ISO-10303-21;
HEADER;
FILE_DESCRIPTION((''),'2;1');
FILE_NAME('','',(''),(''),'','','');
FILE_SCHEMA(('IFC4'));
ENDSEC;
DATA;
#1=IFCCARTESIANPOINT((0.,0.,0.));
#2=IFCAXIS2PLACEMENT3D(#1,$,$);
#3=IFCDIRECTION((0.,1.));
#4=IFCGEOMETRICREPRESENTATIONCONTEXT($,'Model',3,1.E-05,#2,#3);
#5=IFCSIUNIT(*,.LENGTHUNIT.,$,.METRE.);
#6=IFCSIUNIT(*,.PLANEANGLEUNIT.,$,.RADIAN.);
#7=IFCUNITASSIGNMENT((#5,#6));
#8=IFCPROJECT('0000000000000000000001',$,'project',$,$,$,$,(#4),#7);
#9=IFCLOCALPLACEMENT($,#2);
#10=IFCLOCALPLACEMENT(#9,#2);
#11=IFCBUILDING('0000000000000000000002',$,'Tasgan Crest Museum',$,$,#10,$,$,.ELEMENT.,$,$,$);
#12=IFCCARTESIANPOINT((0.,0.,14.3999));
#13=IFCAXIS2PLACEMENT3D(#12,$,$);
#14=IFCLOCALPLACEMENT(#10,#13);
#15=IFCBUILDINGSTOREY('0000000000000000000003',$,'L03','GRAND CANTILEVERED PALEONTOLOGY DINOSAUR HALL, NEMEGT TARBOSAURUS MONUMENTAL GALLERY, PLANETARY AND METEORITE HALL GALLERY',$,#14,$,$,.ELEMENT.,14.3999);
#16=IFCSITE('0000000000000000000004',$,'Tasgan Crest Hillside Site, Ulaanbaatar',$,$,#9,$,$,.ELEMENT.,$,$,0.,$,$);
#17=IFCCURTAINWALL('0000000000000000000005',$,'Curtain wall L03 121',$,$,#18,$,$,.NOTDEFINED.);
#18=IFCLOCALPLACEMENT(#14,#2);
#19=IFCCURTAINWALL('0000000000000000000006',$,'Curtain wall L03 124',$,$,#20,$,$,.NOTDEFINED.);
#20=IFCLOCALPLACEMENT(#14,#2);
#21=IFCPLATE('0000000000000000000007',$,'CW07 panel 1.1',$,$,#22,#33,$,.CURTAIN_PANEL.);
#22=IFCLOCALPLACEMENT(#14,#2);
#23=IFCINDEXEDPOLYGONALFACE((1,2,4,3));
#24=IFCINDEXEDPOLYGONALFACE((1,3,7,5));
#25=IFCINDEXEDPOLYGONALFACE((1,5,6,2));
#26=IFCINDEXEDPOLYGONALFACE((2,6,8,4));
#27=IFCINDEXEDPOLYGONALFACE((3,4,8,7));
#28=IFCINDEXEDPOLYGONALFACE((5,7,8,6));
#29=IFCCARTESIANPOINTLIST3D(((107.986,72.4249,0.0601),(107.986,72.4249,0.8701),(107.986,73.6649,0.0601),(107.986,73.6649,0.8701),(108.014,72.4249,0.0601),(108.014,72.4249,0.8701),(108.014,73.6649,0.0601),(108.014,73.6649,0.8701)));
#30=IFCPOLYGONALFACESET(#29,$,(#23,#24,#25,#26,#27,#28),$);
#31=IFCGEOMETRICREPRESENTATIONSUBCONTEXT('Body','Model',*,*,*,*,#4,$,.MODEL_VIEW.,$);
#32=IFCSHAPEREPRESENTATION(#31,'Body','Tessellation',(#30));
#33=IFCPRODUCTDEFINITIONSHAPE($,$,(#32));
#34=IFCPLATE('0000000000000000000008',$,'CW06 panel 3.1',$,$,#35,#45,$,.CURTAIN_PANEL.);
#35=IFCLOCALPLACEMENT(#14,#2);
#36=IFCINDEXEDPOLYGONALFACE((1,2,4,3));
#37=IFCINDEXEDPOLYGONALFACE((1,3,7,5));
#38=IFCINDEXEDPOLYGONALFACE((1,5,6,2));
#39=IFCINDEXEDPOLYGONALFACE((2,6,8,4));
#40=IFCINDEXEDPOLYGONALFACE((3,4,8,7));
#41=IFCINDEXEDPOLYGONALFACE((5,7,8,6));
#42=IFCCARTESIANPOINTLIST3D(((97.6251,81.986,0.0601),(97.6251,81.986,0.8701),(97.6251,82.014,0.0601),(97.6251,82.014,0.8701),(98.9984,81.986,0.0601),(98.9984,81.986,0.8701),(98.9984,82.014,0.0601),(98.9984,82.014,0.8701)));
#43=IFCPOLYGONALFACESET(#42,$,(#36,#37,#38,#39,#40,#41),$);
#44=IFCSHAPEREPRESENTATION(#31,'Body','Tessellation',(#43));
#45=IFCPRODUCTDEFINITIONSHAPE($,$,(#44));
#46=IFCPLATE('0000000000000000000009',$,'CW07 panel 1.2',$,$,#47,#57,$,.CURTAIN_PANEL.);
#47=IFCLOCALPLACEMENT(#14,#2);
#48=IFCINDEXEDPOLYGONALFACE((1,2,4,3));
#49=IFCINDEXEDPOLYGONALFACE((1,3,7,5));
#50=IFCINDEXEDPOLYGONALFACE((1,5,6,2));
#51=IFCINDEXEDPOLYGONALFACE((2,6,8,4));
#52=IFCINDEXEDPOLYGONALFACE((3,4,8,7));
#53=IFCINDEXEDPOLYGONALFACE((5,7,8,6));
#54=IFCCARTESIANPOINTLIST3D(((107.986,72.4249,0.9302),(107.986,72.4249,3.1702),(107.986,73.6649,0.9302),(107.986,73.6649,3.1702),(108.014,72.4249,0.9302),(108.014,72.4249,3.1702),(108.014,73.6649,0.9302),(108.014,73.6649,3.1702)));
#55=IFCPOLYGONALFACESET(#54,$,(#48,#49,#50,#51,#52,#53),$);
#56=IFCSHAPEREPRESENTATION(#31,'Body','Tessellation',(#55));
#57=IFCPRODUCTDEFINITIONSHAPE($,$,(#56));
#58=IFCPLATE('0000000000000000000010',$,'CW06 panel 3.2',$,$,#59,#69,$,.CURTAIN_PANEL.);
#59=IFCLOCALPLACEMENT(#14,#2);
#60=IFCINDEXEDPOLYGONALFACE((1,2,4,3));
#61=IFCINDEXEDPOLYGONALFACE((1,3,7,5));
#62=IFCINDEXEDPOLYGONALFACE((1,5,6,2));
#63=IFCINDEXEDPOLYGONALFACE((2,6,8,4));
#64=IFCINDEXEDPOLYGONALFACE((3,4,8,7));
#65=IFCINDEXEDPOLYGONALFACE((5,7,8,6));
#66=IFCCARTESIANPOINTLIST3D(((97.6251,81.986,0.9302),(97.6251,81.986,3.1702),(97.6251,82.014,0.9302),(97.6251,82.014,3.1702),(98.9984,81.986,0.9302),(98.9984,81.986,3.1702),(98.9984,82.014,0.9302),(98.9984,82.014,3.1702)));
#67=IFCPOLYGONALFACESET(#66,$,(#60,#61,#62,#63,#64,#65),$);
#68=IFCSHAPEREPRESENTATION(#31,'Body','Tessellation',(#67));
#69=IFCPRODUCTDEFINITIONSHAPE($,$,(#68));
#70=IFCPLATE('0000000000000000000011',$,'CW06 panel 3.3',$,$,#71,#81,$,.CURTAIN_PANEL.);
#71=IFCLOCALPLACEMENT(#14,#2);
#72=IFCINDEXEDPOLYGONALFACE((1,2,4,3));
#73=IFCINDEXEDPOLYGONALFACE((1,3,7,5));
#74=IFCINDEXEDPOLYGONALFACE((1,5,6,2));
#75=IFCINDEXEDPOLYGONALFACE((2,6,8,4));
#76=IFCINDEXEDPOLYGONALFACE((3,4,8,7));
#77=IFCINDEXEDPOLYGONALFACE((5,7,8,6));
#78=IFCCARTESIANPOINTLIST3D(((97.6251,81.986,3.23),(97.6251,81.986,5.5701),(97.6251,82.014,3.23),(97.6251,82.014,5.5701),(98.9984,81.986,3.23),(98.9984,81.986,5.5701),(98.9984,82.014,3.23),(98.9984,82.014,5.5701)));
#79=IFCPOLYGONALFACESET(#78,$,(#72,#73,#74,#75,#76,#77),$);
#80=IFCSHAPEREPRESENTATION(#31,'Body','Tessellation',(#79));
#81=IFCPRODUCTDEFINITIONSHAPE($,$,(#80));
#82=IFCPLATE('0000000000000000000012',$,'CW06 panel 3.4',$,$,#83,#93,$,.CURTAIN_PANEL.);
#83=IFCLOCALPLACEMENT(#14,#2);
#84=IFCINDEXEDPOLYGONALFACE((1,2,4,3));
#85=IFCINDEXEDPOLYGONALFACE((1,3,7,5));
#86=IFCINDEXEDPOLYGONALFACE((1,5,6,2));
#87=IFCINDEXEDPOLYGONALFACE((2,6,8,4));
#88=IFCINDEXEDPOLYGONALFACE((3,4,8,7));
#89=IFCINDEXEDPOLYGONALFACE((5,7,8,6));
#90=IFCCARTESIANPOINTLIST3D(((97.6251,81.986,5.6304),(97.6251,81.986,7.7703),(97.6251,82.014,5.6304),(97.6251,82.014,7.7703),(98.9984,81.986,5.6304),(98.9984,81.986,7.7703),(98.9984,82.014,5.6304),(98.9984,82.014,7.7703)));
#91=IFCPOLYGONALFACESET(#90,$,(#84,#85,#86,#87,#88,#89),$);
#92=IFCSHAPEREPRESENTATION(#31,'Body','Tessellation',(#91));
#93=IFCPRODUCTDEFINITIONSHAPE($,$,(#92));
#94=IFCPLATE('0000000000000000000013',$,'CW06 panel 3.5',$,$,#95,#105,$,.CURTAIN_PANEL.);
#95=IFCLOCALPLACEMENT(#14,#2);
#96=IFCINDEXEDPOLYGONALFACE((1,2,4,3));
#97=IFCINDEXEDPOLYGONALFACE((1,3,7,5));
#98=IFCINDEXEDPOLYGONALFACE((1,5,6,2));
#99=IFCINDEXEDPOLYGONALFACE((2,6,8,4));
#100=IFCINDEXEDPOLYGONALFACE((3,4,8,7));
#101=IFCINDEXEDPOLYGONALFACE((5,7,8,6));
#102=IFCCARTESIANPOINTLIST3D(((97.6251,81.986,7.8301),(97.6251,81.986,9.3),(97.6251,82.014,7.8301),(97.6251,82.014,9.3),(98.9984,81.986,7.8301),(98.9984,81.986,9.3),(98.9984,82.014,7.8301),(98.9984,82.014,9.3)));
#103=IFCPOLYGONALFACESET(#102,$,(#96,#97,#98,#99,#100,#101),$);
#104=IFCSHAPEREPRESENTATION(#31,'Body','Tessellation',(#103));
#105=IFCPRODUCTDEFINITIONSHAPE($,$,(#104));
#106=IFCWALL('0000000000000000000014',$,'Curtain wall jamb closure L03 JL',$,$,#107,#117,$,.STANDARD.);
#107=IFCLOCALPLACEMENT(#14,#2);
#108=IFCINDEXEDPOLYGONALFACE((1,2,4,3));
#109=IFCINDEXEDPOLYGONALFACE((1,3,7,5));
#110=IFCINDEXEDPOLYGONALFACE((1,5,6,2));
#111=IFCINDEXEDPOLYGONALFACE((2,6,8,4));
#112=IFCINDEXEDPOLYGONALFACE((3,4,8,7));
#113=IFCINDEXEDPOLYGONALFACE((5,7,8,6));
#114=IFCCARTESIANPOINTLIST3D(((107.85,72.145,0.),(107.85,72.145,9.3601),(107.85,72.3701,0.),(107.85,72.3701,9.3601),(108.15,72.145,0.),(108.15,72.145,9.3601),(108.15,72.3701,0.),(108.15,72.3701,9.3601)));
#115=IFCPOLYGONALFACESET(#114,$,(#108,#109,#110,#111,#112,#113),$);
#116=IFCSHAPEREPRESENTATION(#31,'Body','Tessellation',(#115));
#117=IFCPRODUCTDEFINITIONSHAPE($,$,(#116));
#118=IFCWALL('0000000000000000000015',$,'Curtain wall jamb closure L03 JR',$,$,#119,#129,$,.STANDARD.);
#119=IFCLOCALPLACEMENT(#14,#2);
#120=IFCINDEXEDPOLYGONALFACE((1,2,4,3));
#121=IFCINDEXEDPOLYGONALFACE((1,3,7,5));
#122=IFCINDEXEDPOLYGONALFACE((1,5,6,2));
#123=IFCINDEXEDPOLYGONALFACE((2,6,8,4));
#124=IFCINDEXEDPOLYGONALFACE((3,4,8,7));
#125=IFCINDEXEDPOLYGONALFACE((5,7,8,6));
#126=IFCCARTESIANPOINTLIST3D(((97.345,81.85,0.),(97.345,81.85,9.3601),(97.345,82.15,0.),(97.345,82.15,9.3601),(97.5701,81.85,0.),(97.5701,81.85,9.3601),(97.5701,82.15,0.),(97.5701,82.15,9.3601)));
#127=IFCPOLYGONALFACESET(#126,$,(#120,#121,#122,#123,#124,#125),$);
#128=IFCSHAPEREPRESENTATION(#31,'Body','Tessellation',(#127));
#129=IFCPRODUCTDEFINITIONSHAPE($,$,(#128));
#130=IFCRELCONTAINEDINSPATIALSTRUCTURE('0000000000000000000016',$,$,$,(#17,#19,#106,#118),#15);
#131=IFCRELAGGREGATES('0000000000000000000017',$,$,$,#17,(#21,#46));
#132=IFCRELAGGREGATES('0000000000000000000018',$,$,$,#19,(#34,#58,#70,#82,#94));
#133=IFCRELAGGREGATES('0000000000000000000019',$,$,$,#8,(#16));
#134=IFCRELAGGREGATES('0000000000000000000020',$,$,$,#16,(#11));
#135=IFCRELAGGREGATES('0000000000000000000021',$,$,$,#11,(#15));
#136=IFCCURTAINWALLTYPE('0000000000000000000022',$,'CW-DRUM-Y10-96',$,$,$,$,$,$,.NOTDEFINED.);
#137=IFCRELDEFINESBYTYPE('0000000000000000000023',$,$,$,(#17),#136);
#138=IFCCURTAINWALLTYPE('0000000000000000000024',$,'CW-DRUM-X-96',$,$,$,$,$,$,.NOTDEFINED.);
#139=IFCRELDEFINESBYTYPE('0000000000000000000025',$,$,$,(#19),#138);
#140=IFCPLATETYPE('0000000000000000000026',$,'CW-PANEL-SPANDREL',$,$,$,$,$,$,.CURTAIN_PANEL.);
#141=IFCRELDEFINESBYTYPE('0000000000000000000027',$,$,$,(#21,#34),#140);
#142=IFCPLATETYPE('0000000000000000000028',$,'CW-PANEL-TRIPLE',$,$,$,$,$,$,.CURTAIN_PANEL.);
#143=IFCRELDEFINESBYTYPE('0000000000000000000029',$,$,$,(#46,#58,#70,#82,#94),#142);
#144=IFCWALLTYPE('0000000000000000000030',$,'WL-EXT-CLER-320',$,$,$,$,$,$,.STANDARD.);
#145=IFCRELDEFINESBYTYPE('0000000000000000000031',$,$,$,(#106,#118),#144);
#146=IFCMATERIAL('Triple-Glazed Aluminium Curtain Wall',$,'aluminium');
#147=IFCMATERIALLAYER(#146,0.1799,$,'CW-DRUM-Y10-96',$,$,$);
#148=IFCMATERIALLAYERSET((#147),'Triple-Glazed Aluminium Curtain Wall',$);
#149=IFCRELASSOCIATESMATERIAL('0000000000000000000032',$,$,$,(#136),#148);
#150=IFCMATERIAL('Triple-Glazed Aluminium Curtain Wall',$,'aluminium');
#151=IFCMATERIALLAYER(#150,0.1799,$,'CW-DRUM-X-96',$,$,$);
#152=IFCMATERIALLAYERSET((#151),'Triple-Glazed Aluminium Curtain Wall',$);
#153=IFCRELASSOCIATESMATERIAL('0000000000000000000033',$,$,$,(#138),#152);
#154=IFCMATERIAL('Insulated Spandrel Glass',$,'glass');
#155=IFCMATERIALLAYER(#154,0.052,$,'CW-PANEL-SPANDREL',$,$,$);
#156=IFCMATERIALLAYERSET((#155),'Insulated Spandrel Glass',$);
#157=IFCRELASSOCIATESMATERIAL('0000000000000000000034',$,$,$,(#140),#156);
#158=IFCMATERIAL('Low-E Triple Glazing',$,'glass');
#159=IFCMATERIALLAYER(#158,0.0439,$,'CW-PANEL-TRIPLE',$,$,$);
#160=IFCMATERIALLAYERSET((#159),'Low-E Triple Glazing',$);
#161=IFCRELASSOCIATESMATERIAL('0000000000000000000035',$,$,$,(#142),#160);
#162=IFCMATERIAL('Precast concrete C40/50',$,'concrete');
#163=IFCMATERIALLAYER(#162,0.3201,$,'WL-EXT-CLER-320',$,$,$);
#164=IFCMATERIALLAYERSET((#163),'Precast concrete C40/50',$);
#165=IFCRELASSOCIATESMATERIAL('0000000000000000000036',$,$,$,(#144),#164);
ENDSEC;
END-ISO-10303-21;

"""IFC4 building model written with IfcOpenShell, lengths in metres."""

from ifc_helpers import new_model, si_unit, direction, frame, frame_2d, origin, origin_2d, place, context, subcontext, project, spatial, rectangle, extrude, material, layer, layer_set, type_object, element, aggregate, save


model = new_model("IFC4")

# Units and contexts
model_context = context("Model", 3, precision=1e-05, world=origin(), true_north=direction((0.0, 1.0)))
body_context = subcontext(model_context, "Body", "Model", "MODEL_VIEW")
ifc_project = project(units=[si_unit("LENGTHUNIT", "METRE"), si_unit("PLANEANGLEUNIT", "RADIAN")], contexts=[model_context])

# Site, building, storey
site_placement = place(None, origin())
site = spatial("IfcSite", under=ifc_project, at=site_placement, Name="Tasgan Crest Hillside Site, Ulaanbaatar", CompositionType="ELEMENT", RefElevation=0.0)
building_placement = place(site_placement, origin())
building = spatial("IfcBuilding", under=site, at=building_placement, Name="Tasgan Crest Museum", CompositionType="ELEMENT")
storey_placement = place(building_placement, frame((0.0, 0.0, 14.3999)))
storey = spatial("IfcBuildingStorey", under=building, at=storey_placement, Name="L03", Description="GRAND CANTILEVERED PALEONTOLOGY DINOSAUR HALL, NEMEGT TARBOSAURUS MONUMENTAL GALLERY, PLANETARY AND METEORITE HALL GALLERY", CompositionType="ELEMENT", Elevation=14.3999)

# Curtain walls
ifc_material_1 = material(Name="Triple-Glazed Aluminium Curtain Wall", Category="aluminium")
ifc_layer_1 = layer(ifc_material_1, 0.1799, Name="CW-DRUM-Y10-96")
ifc_layer_set_1 = layer_set([ifc_layer_1], Name="Triple-Glazed Aluminium Curtain Wall")
curtain_wall_type_1 = type_object("IfcCurtainWallType", Name="CW-DRUM-Y10-96", PredefinedType="NOTDEFINED", material=ifc_layer_set_1)
curtain_wall_1_placement = place(storey_placement, origin())
curtain_wall_1 = element("IfcCurtainWall", 1, at=curtain_wall_1_placement, inside=storey, type_object=curtain_wall_type_1, Name="Curtain wall L03 121", PredefinedType="NOTDEFINED")
ifc_material_2 = material(Name="Triple-Glazed Aluminium Curtain Wall", Category="aluminium")
ifc_layer_2 = layer(ifc_material_2, 0.1799, Name="CW-DRUM-X-96")
ifc_layer_set_2 = layer_set([ifc_layer_2], Name="Triple-Glazed Aluminium Curtain Wall")
curtain_wall_type_2 = type_object("IfcCurtainWallType", Name="CW-DRUM-X-96", PredefinedType="NOTDEFINED", material=ifc_layer_set_2)
curtain_wall_2_placement = place(storey_placement, origin())
curtain_wall_2 = element("IfcCurtainWall", 2, at=curtain_wall_2_placement, inside=storey, type_object=curtain_wall_type_2, Name="Curtain wall L03 124", PredefinedType="NOTDEFINED")

# Plates
ifc_material_3 = material(Name="Insulated Spandrel Glass", Category="glass")
ifc_layer_3 = layer(ifc_material_3, 0.052, Name="CW-PANEL-SPANDREL")
ifc_layer_set_3 = layer_set([ifc_layer_3], Name="Insulated Spandrel Glass")
plate_type_1 = type_object("IfcPlateType", Name="CW-PANEL-SPANDREL", PredefinedType="CURTAIN_PANEL", material=ifc_layer_set_3)
plate_1_placement = place(storey_placement, frame((108.0, 73.0449, 0.0601), z_axis=(0.0, 0.0, 1.0), x_axis=(0.0, 1.0, 0.0)))
plate_1 = element("IfcPlate", 3, at=plate_1_placement, type_object=plate_type_1, Name="CW07 panel 1.1", PredefinedType="CURTAIN_PANEL", context=body_context, shape_type="SweptSolid", body=[
    extrude(rectangle(XDim=1.24, YDim=0.0281, at=origin_2d()), origin(), (0.0, 0.0, 1.0), 0.8101),
])
plate_2_placement = place(storey_placement, frame((98.3118, 82.0, 0.0601), z_axis=(0.0, 0.0, 1.0), x_axis=(-1.0, 0.0, 0.0)))
plate_2 = element("IfcPlate", 4, at=plate_2_placement, type_object=plate_type_1, Name="CW06 panel 3.1", PredefinedType="CURTAIN_PANEL", context=body_context, shape_type="SweptSolid", body=[
    extrude(rectangle(XDim=1.3733, YDim=0.0281, at=origin_2d()), origin(), (0.0, 0.0, 1.0), 0.8101),
])
ifc_material_4 = material(Name="Low-E Triple Glazing", Category="glass")
ifc_layer_4 = layer(ifc_material_4, 0.0439, Name="CW-PANEL-TRIPLE")
ifc_layer_set_4 = layer_set([ifc_layer_4], Name="Low-E Triple Glazing")
plate_type_2 = type_object("IfcPlateType", Name="CW-PANEL-TRIPLE", PredefinedType="CURTAIN_PANEL", material=ifc_layer_set_4)
plate_3_placement = place(storey_placement, frame((108.0, 73.0449, 0.9302), z_axis=(0.0, 0.0, 1.0), x_axis=(0.0, 1.0, 0.0)))
plate_3 = element("IfcPlate", 5, at=plate_3_placement, type_object=plate_type_2, Name="CW07 panel 1.2", PredefinedType="CURTAIN_PANEL", context=body_context, shape_type="SweptSolid", body=[
    extrude(rectangle(XDim=1.24, YDim=0.0281, at=origin_2d()), origin(), (0.0, 0.0, 1.0), 2.24),
])
aggregate(curtain_wall_1, [plate_1, plate_3])
plate_4_placement = place(storey_placement, frame((98.3118, 82.0, 0.9302), z_axis=(0.0, 0.0, 1.0), x_axis=(-1.0, 0.0, 0.0)))
plate_4 = element("IfcPlate", 6, at=plate_4_placement, type_object=plate_type_2, Name="CW06 panel 3.2", PredefinedType="CURTAIN_PANEL", context=body_context, shape_type="SweptSolid", body=[
    extrude(rectangle(XDim=1.3733, YDim=0.0281, at=origin_2d()), origin(), (0.0, 0.0, 1.0), 2.24),
])
plate_5_placement = place(storey_placement, frame((98.3118, 82.0, 3.23), z_axis=(0.0, 0.0, 1.0), x_axis=(-1.0, 0.0, 0.0)))
plate_5 = element("IfcPlate", 7, at=plate_5_placement, type_object=plate_type_2, Name="CW06 panel 3.3", PredefinedType="CURTAIN_PANEL", context=body_context, shape_type="SweptSolid", body=[
    extrude(rectangle(XDim=1.3733, YDim=0.0281, at=origin_2d()), origin(), (0.0, 0.0, 1.0), 2.3401),
])
plate_6_placement = place(storey_placement, frame((98.3118, 82.0, 5.6304), z_axis=(0.0, 0.0, 1.0), x_axis=(-1.0, 0.0, 0.0)))
plate_6 = element("IfcPlate", 8, at=plate_6_placement, type_object=plate_type_2, Name="CW06 panel 3.4", PredefinedType="CURTAIN_PANEL", context=body_context, shape_type="SweptSolid", body=[
    extrude(rectangle(XDim=1.3733, YDim=0.0281, at=origin_2d()), origin(), (0.0, 0.0, 1.0), 2.1399),
])
plate_7_placement = place(storey_placement, frame((98.3118, 82.0, 7.8301), z_axis=(0.0, 0.0, 1.0), x_axis=(-1.0, 0.0, 0.0)))
plate_7 = element("IfcPlate", 9, at=plate_7_placement, type_object=plate_type_2, Name="CW06 panel 3.5", PredefinedType="CURTAIN_PANEL", context=body_context, shape_type="SweptSolid", body=[
    extrude(rectangle(XDim=1.3733, YDim=0.0281, at=origin_2d()), origin(), (0.0, 0.0, 1.0), 1.47),
])
aggregate(curtain_wall_2, [plate_2, plate_4, plate_5, plate_6, plate_7])

# Walls
ifc_material_5 = material(Name="Precast concrete C40/50", Category="concrete")
ifc_layer_5 = layer(ifc_material_5, 0.3201, Name="WL-EXT-CLER-320")
ifc_layer_set_5 = layer_set([ifc_layer_5], Name="Precast concrete C40/50")
wall_type = type_object("IfcWallType", Name="WL-EXT-CLER-320", PredefinedType="STANDARD", material=ifc_layer_set_5)
for number, where, z_axis, x_axis, name in (
    (10, (108.0, 72.145, 0.0), (0.0, 0.0, 1.0), (0.0, 1.0, 0.0), "Curtain wall jamb closure L03 JL"),
    (11, (97.5701, 82.0, 0.0), (0.0, 0.0, 1.0), (-1.0, 0.0, 0.0), "Curtain wall jamb closure L03 JR"),
):
    element("IfcWall", number, at=place(storey_placement, frame(where, z_axis=z_axis, x_axis=x_axis)), inside=storey, type_object=wall_type, Name=name, PredefinedType="STANDARD", context=body_context, shape_type="SweptSolid", body=[
        extrude(rectangle(XDim=0.2251, YDim=0.3, at=frame_2d((0.1125, 0.0))), origin(), (0.0, 0.0, 1.0), 9.3601),
    ])

save(model, "model.ifc")
